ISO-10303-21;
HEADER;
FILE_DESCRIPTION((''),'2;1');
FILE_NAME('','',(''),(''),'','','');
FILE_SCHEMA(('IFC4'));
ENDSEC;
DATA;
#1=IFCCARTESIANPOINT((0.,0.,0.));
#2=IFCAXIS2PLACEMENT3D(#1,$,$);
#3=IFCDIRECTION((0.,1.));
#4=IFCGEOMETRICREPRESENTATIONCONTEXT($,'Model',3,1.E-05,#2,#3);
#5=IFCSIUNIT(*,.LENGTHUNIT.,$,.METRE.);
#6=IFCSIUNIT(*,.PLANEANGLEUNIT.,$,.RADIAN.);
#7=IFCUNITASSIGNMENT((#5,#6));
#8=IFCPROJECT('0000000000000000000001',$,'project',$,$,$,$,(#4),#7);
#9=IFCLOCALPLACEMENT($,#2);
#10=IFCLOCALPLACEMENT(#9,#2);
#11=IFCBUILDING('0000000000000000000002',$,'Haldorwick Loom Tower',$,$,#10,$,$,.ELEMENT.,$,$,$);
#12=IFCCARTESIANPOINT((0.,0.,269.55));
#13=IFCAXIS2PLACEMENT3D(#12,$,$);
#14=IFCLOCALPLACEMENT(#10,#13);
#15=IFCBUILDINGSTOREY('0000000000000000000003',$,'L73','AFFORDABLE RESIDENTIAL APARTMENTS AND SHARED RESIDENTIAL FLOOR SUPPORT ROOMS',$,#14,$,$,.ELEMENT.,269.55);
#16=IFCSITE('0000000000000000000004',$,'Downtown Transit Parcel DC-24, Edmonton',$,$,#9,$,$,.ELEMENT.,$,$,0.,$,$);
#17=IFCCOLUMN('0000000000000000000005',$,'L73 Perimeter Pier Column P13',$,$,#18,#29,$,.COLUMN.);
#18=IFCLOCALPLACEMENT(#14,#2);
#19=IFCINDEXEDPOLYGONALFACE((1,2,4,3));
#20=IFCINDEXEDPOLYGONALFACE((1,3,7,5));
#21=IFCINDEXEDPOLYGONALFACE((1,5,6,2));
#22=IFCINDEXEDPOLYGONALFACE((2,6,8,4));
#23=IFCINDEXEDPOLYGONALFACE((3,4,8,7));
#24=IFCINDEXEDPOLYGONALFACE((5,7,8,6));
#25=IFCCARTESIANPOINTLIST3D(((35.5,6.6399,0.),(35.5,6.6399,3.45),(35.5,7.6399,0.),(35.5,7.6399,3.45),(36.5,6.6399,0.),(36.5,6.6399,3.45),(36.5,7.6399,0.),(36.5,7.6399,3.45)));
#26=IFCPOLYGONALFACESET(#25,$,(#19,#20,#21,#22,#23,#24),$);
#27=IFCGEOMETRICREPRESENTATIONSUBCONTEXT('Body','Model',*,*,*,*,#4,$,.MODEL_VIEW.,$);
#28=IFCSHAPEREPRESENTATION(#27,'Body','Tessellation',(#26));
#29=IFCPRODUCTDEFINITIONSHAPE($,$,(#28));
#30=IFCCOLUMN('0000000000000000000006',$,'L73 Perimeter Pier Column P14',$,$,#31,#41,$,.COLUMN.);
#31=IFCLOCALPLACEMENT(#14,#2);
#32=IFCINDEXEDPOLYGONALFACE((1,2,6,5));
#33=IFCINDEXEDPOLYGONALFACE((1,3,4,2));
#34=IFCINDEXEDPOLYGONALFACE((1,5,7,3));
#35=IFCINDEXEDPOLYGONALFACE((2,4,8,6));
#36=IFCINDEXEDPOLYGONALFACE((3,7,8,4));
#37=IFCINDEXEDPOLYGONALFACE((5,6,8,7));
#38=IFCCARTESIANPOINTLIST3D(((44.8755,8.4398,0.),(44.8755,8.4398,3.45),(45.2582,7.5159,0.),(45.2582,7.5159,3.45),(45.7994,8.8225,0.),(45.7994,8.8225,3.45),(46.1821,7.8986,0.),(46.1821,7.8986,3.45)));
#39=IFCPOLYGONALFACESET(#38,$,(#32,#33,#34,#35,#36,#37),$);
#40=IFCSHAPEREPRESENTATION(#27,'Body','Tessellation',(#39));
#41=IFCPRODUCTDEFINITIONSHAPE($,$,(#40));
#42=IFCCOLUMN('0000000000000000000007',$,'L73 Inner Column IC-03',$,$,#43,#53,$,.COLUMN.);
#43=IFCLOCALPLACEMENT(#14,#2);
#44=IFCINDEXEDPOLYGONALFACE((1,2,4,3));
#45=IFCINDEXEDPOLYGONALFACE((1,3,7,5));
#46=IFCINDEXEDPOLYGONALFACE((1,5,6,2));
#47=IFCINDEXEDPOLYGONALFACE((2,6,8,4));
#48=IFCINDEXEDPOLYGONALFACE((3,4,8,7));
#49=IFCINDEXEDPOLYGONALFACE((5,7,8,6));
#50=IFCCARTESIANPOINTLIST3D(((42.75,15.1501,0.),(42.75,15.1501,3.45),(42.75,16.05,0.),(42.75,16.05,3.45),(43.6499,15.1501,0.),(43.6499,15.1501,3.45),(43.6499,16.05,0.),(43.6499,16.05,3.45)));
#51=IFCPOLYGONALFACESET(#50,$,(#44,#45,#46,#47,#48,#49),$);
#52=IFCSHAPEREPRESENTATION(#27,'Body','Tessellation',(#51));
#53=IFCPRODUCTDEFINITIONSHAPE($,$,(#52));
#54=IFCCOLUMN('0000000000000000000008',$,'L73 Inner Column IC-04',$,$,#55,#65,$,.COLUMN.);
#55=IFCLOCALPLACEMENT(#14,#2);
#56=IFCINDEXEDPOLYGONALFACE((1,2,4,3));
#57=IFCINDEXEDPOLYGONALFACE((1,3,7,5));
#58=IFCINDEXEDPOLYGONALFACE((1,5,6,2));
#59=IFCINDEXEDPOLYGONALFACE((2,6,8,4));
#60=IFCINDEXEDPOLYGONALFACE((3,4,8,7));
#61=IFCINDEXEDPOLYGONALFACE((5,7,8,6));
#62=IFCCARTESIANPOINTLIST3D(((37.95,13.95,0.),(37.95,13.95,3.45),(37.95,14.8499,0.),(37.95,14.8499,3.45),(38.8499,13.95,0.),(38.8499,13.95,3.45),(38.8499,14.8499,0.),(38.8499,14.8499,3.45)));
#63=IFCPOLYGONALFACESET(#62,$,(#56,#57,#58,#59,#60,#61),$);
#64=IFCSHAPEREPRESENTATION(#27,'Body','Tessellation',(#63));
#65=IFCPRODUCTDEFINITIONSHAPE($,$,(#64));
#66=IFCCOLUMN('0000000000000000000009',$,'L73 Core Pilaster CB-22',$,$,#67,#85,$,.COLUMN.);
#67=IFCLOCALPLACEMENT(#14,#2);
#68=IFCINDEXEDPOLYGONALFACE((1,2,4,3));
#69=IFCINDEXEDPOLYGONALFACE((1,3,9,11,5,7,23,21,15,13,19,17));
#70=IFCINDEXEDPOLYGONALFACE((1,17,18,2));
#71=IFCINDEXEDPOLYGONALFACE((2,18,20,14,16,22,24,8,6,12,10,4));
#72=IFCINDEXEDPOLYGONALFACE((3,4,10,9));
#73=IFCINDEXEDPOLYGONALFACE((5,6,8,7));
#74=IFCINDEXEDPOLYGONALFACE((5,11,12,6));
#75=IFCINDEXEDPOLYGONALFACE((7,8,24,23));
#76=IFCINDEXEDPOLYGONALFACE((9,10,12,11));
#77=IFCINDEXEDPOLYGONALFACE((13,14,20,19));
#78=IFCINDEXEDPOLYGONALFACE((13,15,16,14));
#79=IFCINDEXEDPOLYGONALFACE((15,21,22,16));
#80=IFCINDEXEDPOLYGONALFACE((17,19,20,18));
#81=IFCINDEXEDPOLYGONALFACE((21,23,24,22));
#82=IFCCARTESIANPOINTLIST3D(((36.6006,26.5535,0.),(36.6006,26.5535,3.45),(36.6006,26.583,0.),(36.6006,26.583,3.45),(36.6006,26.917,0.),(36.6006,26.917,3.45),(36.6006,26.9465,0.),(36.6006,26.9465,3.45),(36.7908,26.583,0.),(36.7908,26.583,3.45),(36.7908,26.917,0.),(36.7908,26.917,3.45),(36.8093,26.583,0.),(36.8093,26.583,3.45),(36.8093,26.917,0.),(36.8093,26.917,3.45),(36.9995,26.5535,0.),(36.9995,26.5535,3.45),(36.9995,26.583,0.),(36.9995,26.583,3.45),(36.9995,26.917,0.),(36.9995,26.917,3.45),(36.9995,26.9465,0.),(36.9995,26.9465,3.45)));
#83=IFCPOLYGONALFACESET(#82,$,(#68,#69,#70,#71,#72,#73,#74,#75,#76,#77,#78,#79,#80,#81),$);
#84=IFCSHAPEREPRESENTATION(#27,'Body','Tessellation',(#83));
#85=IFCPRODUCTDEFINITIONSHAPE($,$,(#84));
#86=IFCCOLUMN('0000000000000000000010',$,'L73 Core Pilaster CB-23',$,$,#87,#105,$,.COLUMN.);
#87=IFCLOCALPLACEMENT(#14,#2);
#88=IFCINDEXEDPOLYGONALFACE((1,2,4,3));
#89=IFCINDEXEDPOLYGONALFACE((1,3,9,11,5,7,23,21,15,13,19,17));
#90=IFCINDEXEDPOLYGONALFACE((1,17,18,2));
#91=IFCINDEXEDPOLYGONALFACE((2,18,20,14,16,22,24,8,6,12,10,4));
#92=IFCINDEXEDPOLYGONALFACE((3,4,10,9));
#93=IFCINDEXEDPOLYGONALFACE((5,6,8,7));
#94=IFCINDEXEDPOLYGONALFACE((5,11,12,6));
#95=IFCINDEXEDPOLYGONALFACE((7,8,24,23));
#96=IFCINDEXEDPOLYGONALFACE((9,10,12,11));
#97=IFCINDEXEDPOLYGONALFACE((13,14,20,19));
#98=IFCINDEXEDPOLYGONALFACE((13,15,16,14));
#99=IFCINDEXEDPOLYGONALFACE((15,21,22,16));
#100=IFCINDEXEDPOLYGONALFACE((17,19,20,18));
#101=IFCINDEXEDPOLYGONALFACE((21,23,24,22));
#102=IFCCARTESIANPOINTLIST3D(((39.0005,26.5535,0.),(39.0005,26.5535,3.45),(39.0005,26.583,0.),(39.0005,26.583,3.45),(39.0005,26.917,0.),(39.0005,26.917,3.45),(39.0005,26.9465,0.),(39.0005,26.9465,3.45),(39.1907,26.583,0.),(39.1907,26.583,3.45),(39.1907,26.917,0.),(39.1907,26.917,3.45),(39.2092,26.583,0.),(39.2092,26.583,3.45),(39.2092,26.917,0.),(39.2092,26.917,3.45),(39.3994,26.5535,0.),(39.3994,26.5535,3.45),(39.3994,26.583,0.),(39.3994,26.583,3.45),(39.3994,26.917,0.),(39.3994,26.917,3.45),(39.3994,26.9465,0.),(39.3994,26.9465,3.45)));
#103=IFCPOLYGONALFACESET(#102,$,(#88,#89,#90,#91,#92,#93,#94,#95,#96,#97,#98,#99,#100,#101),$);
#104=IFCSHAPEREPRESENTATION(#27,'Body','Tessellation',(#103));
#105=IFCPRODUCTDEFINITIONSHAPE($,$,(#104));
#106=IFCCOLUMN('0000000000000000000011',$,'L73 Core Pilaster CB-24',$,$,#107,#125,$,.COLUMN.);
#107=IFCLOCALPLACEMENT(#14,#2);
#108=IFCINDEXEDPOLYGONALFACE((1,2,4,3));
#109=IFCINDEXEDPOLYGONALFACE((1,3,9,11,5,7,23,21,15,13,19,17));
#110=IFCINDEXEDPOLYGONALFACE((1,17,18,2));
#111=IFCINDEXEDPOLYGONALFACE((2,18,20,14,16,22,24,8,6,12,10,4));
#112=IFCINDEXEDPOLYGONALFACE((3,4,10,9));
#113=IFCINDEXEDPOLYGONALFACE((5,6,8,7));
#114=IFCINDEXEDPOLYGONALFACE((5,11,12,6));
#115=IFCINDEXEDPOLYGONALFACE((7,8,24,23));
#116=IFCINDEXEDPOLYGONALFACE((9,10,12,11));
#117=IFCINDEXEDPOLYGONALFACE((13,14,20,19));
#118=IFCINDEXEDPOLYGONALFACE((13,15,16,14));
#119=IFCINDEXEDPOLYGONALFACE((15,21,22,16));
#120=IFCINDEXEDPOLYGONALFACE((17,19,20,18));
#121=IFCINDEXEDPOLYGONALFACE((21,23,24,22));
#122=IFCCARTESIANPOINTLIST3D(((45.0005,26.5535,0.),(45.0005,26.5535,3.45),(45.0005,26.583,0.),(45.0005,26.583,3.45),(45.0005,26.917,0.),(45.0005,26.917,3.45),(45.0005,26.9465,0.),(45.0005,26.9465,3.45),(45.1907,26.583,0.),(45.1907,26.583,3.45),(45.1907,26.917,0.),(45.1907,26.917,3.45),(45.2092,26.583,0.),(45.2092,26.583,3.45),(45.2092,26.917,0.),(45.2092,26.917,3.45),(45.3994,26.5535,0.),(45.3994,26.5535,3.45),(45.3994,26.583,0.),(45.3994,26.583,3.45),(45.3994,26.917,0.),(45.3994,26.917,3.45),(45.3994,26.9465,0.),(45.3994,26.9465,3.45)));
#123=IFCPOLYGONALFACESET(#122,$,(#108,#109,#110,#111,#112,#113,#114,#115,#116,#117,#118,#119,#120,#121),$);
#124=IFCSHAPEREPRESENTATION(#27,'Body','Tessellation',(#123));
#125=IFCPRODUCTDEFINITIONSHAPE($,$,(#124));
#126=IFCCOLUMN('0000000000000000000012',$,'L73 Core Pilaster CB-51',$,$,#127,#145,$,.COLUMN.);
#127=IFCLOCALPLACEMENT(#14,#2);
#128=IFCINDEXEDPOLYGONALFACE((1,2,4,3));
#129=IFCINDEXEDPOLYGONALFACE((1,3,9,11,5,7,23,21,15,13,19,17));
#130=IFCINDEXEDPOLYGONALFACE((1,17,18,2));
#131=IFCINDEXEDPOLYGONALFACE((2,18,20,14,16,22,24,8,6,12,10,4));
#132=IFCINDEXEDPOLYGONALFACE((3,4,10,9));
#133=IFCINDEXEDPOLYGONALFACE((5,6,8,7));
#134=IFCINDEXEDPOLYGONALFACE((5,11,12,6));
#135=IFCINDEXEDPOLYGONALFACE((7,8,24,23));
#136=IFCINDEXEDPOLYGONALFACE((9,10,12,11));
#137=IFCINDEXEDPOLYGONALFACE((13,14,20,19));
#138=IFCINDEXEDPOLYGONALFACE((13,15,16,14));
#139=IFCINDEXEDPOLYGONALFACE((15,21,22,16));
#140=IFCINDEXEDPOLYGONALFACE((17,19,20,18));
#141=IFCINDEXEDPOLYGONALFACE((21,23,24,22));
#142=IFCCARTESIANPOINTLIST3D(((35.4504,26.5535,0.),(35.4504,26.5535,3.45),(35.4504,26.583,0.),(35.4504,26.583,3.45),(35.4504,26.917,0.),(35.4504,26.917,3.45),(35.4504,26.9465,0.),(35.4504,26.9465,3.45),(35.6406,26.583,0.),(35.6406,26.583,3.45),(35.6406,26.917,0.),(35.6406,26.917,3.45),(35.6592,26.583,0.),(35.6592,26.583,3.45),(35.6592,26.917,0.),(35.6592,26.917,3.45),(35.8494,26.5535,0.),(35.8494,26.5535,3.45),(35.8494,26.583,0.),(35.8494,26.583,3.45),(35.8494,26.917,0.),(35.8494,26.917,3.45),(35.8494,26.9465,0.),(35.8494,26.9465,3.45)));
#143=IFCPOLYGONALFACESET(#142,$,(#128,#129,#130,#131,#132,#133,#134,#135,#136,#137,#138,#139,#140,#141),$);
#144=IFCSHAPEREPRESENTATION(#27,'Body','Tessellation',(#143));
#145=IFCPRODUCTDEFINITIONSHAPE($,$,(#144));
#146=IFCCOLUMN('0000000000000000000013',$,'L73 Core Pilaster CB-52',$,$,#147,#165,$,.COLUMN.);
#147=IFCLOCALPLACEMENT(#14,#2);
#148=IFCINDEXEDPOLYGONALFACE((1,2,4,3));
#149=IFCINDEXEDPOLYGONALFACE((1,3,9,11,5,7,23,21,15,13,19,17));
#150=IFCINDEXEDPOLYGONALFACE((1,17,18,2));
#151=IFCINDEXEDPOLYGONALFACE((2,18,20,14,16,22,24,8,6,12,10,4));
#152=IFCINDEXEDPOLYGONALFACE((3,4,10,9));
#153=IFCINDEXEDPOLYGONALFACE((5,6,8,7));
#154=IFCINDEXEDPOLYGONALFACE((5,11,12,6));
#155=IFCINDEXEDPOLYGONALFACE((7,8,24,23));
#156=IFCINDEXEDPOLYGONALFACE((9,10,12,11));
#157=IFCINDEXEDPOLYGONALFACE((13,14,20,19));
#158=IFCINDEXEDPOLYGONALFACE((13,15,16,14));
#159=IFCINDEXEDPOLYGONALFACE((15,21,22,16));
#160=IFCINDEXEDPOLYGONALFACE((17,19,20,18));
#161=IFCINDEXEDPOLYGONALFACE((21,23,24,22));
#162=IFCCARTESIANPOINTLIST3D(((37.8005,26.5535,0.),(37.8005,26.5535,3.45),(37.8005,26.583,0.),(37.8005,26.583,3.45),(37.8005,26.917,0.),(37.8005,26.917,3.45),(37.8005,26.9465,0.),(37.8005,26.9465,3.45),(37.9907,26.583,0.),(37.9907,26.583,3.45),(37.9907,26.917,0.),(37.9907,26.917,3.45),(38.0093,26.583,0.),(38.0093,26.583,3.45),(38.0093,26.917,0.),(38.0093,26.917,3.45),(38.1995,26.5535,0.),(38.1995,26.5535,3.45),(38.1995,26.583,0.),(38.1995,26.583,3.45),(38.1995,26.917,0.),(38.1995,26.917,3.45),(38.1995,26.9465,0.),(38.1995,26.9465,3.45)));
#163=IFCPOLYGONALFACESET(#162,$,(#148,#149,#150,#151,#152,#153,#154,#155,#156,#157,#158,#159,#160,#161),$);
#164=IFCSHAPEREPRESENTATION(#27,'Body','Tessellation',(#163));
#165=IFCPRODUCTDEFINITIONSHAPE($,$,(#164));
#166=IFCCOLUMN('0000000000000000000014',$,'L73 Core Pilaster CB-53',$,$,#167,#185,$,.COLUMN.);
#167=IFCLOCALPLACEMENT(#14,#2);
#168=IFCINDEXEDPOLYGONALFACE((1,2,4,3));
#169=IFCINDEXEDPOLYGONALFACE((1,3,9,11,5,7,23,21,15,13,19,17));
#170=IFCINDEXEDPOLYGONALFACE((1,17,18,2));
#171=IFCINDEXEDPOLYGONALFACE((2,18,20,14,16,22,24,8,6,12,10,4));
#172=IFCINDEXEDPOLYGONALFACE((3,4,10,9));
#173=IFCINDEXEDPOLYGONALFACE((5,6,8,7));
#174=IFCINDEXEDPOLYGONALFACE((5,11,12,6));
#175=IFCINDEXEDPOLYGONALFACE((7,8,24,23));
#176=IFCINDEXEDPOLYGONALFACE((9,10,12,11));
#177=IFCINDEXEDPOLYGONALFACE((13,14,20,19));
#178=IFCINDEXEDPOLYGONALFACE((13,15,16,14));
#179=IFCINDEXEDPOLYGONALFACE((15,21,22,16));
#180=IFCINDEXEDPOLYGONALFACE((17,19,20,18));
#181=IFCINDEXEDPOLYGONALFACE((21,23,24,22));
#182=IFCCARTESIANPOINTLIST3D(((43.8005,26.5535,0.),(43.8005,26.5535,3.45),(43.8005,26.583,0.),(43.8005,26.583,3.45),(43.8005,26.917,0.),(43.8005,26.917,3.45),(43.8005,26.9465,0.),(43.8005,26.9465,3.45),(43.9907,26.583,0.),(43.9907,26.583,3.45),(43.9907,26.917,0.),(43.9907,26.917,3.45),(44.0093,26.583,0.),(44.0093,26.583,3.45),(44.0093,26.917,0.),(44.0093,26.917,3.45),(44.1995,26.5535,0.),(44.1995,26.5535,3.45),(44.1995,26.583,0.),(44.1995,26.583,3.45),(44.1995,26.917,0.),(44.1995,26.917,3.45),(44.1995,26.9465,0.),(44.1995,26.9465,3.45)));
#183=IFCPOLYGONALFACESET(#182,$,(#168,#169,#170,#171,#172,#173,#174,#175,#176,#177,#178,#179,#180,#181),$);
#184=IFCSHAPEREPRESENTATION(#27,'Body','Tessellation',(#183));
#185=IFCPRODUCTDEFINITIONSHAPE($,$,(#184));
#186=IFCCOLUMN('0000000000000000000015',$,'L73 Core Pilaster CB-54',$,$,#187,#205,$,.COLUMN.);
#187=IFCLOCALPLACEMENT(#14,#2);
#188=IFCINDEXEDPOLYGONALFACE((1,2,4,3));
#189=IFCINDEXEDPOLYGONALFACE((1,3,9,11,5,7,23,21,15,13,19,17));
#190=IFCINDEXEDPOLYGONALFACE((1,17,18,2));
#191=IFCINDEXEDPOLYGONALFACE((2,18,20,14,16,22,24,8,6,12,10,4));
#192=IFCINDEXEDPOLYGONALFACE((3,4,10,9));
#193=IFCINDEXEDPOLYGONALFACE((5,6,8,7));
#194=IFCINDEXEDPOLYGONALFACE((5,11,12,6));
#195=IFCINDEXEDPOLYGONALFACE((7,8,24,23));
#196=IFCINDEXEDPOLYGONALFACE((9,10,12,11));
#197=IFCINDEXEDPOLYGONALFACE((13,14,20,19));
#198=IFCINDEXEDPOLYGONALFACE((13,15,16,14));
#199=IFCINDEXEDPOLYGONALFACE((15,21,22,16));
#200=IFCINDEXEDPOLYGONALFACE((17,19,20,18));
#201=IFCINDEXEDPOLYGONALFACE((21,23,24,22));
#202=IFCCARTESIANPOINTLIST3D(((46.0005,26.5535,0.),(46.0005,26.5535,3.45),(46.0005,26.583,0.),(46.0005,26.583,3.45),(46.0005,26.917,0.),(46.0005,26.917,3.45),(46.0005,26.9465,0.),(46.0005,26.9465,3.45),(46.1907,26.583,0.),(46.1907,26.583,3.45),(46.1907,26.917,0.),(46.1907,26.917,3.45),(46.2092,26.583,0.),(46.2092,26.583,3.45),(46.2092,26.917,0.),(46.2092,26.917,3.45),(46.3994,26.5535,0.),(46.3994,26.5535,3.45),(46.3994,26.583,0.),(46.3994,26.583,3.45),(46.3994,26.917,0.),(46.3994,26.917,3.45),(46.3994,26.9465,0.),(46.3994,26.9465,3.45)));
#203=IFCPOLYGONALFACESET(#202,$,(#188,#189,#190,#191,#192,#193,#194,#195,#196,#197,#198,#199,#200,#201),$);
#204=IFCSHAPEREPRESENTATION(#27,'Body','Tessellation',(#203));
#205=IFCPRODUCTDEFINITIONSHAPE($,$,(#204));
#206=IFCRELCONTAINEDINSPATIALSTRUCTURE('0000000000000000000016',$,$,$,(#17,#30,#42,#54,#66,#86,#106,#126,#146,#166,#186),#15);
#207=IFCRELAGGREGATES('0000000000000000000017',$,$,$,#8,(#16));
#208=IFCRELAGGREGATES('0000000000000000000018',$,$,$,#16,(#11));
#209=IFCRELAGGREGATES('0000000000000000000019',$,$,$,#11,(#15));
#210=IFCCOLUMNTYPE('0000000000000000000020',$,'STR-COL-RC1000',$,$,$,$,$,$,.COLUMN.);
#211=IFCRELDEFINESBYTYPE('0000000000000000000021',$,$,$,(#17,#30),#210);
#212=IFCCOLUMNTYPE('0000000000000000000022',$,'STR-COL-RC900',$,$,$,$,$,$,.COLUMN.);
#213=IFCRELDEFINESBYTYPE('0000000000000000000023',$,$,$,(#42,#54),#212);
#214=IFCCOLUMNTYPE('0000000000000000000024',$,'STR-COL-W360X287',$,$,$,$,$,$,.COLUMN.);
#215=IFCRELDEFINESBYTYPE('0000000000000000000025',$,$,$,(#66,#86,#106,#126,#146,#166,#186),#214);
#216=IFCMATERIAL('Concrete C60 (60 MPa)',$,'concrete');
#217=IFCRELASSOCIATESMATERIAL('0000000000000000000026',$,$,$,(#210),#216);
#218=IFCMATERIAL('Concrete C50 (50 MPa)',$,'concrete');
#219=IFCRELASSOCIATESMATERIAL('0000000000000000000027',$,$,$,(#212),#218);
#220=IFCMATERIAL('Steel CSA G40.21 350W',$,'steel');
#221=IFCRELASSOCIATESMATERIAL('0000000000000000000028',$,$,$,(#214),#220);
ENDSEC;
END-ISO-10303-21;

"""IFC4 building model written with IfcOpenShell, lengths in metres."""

from ifc_helpers import new_model, si_unit, direction, frame, origin, origin_2d, place, context, subcontext, project, spatial, rectangle, i_section, extrude, material, material_profile, profile_set, type_object, element, save


model = new_model("IFC4")

# Units and contexts
model_context = context("Model", 3, precision=1e-05, world=origin(), true_north=direction((0.0, 1.0)))
body_context = subcontext(model_context, "Body", "Model", "MODEL_VIEW")
ifc_project = project(units=[si_unit("LENGTHUNIT", "METRE"), si_unit("PLANEANGLEUNIT", "RADIAN")], contexts=[model_context])

# Site, building, storey
site_placement = place(None, origin())
site = spatial("IfcSite", under=ifc_project, at=site_placement, Name="Downtown Transit Parcel DC-24, Edmonton", CompositionType="ELEMENT", RefElevation=0.0)
building_placement = place(site_placement, origin())
building = spatial("IfcBuilding", under=site, at=building_placement, Name="Haldorwick Loom Tower", CompositionType="ELEMENT")
storey_placement = place(building_placement, frame((0.0, 0.0, 269.55)))
storey = spatial("IfcBuildingStorey", under=building, at=storey_placement, Name="L73", Description="AFFORDABLE RESIDENTIAL APARTMENTS AND SHARED RESIDENTIAL FLOOR SUPPORT ROOMS", CompositionType="ELEMENT", Elevation=269.55)

# Columns
ifc_material_1 = material(Name="Concrete C60 (60 MPa)", Category="concrete")
ifc_material_profile_1 = material_profile(ifc_material_1, rectangle(XDim=1.0, YDim=1.0, at=origin_2d()), Name="RC1000X1000", Category="concrete")
ifc_profile_set_1 = profile_set([ifc_material_profile_1], Name="Concrete C60 (60 MPa)")
column_type_1 = type_object("IfcColumnType", Name="STR-COL-RC1000", PredefinedType="COLUMN", material=ifc_profile_set_1)
for number, where, z_axis, x_axis, name in (
    (1, (36.0, 7.1399, 0.0), (0.0, 0.0, 1.0), (0.0, -1.0, 0.0), "L73 Perimeter Pier Column P13"),
    (2, (45.5288, 8.1692, 0.0), (0.0, 0.0, 1.0), (0.382683, -0.92388, 0.0), "L73 Perimeter Pier Column P14"),
):
    element("IfcColumn", number, at=place(storey_placement, frame(where, z_axis=z_axis, x_axis=x_axis)), inside=storey, type_object=column_type_1, Name=name, PredefinedType="COLUMN", context=body_context, shape_type="SweptSolid", body=[
        extrude(rectangle(XDim=1.0, YDim=1.0, at=origin_2d()), origin(), (0.0, 0.0, 1.0), 3.45),
    ])
ifc_material_2 = material(Name="Concrete C50 (50 MPa)", Category="concrete")
ifc_material_profile_2 = material_profile(ifc_material_2, rectangle(XDim=0.8999, YDim=0.8999, at=origin_2d()), Name="RC900X900", Category="concrete")
ifc_profile_set_2 = profile_set([ifc_material_profile_2], Name="Concrete C50 (50 MPa)")
column_type_2 = type_object("IfcColumnType", Name="STR-COL-RC900", PredefinedType="COLUMN", material=ifc_profile_set_2)
for number, where, z_axis, x_axis, name in (
    (3, (43.2, 15.6001, 0.0), (0.0, 0.0, 1.0), (1.0, 0.0, 0.0), "L73 Inner Column IC-03"),
    (4, (38.3999, 14.3999, 0.0), (0.0, 0.0, 1.0), (1.0, 0.0, 0.0), "L73 Inner Column IC-04"),
):
    element("IfcColumn", number, at=place(storey_placement, frame(where, z_axis=z_axis, x_axis=x_axis)), inside=storey, type_object=column_type_2, Name=name, PredefinedType="COLUMN", context=body_context, shape_type="SweptSolid", body=[
        extrude(rectangle(XDim=0.8999, YDim=0.8999, at=origin_2d()), origin(), (0.0, 0.0, 1.0), 3.45),
    ])
ifc_material_3 = material(Name="Steel CSA G40.21 350W", Category="steel")
ifc_material_profile_3 = material_profile(ifc_material_3, i_section(OverallWidth=0.3989, OverallDepth=0.3931, WebThickness=0.0186, FlangeThickness=0.0295, at=origin_2d()), Name="W360X287", Category="steel")
ifc_profile_set_3 = profile_set([ifc_material_profile_3], Name="Steel CSA G40.21 350W")
column_type_3 = type_object("IfcColumnType", Name="STR-COL-W360X287", PredefinedType="COLUMN", material=ifc_profile_set_3)
for number, where, z_axis, x_axis, name in (
    (5, (36.8, 26.75, 0.0), (0.0, 0.0, 1.0), (1.0, 0.0, 0.0), "L73 Core Pilaster CB-22"),
    (6, (39.2, 26.75, 0.0), (0.0, 0.0, 1.0), (1.0, 0.0, 0.0), "L73 Core Pilaster CB-23"),
    (7, (45.2, 26.75, 0.0), (0.0, 0.0, 1.0), (1.0, 0.0, 0.0), "L73 Core Pilaster CB-24"),
    (8, (35.6499, 26.75, 0.0), (0.0, 0.0, 1.0), (1.0, 0.0, 0.0), "L73 Core Pilaster CB-51"),
    (9, (38.0, 26.75, 0.0), (0.0, 0.0, 1.0), (1.0, 0.0, 0.0), "L73 Core Pilaster CB-52"),
    (10, (44.0, 26.75, 0.0), (0.0, 0.0, 1.0), (1.0, 0.0, 0.0), "L73 Core Pilaster CB-53"),
    (11, (46.2, 26.75, 0.0), (0.0, 0.0, 1.0), (1.0, 0.0, 0.0), "L73 Core Pilaster CB-54"),
):
    element("IfcColumn", number, at=place(storey_placement, frame(where, z_axis=z_axis, x_axis=x_axis)), inside=storey, type_object=column_type_3, Name=name, PredefinedType="COLUMN", context=body_context, shape_type="SweptSolid", body=[
        extrude(i_section(OverallWidth=0.3989, OverallDepth=0.3931, WebThickness=0.0186, FlangeThickness=0.0295, at=origin_2d()), origin(), (0.0, 0.0, 1.0), 3.45),
    ])

save(model, "model.ifc")
